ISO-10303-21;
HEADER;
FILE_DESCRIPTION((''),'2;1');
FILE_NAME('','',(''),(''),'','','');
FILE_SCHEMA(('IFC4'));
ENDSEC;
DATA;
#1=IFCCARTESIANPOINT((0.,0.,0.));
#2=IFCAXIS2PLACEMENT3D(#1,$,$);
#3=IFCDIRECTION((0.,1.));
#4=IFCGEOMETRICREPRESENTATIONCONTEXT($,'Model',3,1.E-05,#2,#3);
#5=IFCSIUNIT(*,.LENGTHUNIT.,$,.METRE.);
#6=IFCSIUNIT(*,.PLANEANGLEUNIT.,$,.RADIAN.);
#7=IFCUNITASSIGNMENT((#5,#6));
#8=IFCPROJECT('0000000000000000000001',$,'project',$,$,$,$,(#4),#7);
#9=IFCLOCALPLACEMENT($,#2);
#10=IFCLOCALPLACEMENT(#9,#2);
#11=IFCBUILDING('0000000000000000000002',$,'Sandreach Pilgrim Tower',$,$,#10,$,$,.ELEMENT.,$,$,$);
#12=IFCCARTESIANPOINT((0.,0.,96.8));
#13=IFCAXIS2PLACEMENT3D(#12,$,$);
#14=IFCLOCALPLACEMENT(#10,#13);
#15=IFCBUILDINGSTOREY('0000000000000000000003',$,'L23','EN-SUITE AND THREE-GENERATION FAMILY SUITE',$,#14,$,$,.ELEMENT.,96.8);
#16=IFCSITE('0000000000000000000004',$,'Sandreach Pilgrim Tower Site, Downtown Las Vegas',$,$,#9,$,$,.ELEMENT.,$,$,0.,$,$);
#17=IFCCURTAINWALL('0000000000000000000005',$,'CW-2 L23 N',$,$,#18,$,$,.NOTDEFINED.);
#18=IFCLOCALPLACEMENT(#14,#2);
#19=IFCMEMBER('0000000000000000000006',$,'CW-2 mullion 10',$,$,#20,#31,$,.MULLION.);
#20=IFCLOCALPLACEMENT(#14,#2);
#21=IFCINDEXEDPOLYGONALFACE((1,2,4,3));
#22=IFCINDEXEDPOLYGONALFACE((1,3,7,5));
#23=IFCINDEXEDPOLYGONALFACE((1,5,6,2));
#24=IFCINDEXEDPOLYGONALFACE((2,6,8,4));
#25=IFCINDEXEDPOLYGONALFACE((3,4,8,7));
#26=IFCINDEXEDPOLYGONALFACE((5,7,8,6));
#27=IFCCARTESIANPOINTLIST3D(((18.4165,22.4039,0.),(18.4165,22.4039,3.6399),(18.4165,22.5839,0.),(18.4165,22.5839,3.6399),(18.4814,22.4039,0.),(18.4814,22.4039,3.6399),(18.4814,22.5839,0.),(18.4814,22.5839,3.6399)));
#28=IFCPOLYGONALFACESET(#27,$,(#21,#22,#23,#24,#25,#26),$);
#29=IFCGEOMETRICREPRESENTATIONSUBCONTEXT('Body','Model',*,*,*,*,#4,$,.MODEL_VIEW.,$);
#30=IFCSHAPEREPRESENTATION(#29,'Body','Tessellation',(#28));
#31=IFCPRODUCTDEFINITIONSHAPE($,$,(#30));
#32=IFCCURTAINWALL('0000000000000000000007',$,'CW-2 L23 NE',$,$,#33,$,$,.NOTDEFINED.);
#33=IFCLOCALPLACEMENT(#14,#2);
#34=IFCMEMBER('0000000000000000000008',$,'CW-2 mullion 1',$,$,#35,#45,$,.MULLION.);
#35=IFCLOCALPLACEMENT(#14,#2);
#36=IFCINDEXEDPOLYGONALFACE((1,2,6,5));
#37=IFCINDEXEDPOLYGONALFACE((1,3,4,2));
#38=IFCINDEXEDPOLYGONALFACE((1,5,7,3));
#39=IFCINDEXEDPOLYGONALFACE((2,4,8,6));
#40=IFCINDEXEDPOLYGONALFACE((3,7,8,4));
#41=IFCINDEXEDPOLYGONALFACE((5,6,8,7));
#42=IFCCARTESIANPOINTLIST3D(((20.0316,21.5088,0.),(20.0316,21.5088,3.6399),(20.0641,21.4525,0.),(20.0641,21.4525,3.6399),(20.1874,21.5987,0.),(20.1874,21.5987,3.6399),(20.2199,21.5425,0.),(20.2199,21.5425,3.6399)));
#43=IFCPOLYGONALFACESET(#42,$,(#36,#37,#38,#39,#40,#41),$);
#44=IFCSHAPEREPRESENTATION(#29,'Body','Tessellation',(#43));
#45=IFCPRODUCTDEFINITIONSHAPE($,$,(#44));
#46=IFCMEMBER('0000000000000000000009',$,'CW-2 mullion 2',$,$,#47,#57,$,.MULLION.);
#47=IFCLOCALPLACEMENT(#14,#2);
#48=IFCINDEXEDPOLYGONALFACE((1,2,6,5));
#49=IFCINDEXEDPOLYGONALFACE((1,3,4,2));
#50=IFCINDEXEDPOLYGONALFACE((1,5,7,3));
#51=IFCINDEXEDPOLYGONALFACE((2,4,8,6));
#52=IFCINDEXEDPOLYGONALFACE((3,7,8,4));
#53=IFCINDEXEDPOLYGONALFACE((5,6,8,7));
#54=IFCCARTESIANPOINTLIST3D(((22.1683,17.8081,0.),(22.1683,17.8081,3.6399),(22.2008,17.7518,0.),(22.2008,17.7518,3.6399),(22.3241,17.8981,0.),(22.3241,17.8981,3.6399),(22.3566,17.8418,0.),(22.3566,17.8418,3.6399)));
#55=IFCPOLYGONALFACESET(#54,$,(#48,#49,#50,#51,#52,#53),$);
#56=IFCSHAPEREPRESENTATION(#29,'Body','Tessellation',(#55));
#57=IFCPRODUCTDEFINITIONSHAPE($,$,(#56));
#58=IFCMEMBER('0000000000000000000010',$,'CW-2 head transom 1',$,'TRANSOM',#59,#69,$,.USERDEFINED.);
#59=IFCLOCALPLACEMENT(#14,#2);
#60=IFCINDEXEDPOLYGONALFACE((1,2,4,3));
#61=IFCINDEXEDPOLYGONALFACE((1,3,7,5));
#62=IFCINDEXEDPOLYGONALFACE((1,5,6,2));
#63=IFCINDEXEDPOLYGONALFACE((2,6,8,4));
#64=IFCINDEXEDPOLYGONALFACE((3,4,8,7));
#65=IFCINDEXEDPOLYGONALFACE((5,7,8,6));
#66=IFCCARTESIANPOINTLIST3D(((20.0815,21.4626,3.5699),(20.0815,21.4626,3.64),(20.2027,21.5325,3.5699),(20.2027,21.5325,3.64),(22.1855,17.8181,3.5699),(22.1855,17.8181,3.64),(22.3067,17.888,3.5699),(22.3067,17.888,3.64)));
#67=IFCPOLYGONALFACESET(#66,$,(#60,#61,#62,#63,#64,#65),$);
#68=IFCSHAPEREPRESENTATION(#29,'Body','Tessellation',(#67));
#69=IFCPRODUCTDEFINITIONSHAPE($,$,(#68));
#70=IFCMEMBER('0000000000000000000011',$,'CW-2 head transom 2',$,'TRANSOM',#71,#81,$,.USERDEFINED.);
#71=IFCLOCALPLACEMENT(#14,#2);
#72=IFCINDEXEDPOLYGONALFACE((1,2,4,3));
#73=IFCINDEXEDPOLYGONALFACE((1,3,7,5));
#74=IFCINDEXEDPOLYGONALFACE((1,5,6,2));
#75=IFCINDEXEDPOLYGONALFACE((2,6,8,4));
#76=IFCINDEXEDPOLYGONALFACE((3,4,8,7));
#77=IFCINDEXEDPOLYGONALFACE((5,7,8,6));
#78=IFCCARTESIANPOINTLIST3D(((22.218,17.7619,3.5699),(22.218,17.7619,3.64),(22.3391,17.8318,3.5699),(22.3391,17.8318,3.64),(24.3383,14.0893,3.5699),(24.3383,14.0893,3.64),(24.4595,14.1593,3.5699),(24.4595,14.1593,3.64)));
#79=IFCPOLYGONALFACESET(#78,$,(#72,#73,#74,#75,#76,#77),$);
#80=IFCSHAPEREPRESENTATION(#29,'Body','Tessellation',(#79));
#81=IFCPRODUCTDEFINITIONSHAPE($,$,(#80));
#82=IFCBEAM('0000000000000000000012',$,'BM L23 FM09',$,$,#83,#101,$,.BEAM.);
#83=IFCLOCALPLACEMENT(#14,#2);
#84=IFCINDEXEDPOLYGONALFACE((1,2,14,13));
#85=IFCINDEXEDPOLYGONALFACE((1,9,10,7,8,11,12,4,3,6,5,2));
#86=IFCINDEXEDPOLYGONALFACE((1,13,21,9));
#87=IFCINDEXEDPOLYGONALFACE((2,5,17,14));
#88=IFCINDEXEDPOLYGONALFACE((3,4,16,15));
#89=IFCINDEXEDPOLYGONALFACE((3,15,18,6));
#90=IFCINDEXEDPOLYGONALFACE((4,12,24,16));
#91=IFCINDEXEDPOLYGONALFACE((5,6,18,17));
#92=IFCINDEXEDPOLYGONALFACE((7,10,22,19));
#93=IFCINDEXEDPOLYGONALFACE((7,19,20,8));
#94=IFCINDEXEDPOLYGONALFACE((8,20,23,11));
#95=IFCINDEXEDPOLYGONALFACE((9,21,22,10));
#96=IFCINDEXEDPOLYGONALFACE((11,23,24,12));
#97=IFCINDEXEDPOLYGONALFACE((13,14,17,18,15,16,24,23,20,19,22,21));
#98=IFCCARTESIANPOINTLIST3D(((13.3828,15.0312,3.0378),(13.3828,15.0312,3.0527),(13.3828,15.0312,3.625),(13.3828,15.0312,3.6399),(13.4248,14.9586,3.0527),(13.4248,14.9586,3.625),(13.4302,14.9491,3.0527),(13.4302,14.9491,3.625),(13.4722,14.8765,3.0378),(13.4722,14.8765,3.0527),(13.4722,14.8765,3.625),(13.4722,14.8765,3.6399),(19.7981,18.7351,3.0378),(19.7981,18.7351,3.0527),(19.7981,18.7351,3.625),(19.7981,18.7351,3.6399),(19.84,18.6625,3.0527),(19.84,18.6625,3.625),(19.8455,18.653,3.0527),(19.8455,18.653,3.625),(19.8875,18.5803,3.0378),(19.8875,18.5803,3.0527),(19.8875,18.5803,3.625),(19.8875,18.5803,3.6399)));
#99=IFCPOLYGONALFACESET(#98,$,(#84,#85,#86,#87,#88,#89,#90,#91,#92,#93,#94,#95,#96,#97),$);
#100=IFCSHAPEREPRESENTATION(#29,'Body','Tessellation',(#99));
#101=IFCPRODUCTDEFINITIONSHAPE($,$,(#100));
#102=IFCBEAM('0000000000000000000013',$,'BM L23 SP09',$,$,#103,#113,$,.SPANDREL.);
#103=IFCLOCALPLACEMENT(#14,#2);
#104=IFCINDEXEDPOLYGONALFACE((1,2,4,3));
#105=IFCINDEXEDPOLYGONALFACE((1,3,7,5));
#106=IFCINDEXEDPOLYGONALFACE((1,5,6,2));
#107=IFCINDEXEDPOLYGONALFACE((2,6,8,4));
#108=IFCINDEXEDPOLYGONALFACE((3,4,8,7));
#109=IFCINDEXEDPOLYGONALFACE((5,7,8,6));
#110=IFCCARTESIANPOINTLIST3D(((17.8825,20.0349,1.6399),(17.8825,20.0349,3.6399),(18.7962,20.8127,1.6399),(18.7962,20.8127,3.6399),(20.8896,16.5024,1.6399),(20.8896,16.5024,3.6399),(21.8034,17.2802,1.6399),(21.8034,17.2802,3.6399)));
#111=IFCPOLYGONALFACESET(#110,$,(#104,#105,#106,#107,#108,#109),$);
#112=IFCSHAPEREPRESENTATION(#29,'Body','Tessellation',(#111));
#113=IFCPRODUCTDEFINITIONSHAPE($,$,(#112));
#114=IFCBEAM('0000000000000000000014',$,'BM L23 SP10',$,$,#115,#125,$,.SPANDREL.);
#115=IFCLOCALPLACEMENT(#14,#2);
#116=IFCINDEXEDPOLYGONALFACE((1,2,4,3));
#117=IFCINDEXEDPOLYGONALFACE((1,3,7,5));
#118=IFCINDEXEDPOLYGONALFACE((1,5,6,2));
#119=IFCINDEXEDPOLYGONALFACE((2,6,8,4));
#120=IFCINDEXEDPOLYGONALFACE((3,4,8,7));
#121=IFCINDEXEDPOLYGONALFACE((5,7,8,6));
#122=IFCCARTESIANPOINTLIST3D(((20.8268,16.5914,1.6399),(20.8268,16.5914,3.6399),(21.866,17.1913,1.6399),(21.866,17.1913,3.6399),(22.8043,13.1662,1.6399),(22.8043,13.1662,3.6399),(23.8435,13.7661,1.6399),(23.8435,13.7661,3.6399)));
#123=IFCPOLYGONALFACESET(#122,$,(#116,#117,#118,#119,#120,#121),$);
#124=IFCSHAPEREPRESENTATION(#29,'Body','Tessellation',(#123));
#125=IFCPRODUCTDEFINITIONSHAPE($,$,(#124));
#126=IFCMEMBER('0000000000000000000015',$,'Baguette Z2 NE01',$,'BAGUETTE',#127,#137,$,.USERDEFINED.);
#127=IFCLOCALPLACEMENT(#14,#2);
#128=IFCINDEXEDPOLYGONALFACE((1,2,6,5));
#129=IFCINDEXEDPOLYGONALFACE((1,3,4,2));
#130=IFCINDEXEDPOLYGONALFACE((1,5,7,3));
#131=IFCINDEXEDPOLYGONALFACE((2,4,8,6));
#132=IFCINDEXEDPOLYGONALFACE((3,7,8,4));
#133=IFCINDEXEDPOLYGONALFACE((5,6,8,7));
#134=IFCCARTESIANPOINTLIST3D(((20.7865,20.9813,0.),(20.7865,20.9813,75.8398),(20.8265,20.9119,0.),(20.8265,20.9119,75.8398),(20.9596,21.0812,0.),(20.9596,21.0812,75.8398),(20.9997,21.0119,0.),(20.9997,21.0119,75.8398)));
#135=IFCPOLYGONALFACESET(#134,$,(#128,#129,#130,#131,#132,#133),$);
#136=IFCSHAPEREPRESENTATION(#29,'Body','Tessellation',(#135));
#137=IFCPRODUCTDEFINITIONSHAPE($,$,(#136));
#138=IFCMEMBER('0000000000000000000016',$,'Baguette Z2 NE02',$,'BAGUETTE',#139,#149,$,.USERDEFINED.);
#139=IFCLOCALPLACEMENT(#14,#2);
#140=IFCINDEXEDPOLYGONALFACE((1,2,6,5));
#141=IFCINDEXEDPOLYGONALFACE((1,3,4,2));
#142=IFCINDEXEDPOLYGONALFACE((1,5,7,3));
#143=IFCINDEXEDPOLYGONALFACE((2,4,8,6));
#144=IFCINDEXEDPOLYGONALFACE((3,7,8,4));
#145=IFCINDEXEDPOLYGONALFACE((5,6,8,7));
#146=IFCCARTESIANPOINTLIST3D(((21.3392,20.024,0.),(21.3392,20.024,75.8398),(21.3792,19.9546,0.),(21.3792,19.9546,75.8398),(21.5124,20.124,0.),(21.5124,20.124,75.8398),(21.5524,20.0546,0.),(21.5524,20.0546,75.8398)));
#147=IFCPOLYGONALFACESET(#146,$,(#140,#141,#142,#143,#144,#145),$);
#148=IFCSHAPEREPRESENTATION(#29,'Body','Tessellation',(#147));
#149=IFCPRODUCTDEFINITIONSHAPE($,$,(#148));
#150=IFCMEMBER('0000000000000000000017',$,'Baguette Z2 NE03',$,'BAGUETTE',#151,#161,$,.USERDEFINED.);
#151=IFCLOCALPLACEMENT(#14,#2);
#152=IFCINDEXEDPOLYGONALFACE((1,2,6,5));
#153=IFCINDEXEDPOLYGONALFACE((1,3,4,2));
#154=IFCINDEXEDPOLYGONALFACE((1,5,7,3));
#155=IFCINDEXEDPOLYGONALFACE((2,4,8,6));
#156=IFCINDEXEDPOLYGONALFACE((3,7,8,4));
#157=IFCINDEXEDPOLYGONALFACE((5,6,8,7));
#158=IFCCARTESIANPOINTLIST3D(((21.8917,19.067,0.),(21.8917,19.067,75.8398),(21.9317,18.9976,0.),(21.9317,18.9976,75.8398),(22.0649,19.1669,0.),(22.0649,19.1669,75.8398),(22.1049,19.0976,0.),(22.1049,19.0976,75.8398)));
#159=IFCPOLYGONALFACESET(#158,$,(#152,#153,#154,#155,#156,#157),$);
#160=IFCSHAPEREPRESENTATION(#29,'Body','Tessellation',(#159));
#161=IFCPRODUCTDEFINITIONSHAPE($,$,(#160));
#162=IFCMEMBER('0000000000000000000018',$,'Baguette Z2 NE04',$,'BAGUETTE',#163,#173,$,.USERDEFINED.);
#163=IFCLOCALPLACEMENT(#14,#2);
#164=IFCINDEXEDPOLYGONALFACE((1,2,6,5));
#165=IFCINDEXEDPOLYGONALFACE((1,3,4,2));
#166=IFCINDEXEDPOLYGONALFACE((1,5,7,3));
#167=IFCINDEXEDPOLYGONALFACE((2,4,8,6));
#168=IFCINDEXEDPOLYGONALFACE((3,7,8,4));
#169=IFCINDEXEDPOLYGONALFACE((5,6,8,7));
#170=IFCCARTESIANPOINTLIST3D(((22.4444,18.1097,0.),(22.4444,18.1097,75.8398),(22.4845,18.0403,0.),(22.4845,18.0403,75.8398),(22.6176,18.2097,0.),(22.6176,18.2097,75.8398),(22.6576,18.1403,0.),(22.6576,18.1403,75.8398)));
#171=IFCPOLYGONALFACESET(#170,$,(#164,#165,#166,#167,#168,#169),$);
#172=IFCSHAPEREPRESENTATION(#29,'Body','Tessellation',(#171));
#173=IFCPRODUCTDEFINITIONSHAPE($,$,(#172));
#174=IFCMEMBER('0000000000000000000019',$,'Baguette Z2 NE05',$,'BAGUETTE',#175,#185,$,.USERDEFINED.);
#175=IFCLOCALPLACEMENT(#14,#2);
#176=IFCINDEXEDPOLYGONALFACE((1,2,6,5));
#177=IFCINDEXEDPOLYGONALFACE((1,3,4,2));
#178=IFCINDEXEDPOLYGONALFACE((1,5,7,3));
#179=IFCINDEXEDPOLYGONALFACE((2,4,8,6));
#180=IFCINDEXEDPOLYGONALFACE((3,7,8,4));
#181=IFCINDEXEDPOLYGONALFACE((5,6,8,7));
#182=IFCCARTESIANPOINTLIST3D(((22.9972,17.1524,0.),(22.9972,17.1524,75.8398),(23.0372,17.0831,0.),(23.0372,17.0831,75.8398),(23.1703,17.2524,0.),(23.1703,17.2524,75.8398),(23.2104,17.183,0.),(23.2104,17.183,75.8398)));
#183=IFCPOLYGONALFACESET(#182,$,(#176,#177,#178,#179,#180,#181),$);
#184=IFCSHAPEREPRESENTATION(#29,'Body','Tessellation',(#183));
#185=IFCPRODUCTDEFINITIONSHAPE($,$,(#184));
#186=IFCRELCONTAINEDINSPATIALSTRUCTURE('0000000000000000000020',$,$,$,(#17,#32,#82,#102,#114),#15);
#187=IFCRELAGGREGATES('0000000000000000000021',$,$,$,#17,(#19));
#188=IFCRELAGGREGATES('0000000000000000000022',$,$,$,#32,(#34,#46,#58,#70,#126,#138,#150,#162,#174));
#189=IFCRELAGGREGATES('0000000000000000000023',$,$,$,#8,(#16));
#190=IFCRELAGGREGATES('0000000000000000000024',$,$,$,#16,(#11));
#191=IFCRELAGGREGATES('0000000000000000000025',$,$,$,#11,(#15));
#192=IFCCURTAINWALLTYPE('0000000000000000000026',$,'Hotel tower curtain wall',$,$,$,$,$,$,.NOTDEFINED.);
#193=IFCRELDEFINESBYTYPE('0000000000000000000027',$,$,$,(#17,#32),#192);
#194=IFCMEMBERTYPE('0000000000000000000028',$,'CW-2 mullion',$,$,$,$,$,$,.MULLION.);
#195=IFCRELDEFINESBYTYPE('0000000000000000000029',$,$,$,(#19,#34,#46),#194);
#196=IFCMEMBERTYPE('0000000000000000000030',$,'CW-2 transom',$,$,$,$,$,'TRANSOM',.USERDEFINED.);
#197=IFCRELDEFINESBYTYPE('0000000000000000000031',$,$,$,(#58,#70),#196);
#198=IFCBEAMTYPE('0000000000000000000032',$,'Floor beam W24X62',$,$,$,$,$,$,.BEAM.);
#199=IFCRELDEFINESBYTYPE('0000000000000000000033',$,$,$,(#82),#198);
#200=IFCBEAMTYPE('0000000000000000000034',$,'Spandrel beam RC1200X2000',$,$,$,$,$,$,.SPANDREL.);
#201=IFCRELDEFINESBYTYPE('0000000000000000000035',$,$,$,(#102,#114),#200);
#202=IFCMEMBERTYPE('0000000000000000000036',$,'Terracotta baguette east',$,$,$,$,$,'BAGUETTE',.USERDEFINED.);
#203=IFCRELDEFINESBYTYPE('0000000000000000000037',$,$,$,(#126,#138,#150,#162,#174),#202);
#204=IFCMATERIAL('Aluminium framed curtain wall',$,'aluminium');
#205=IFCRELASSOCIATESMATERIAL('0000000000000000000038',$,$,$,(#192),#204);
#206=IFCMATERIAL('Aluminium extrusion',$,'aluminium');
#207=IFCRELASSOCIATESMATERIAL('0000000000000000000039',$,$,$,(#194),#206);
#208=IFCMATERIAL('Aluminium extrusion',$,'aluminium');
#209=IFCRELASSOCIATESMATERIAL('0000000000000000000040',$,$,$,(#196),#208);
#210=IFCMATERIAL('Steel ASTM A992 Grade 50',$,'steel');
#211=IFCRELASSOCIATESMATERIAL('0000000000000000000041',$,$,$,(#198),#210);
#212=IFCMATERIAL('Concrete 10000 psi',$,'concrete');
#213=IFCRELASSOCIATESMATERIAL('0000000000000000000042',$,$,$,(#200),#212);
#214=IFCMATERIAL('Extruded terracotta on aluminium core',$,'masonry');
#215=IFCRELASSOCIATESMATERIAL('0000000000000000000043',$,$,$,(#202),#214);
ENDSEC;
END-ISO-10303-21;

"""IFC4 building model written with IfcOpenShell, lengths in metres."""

from ifc_helpers import new_model, si_unit, direction, frame, origin, origin_2d, place, context, subcontext, project, spatial, rectangle, i_section, extrude, material, material_profile, profile_set, type_object, element, aggregate, save


model = new_model("IFC4")

# Units and contexts
model_context = context("Model", 3, precision=1e-05, world=origin(), true_north=direction((0.0, 1.0)))
body_context = subcontext(model_context, "Body", "Model", "MODEL_VIEW")
ifc_project = project(units=[si_unit("LENGTHUNIT", "METRE"), si_unit("PLANEANGLEUNIT", "RADIAN")], contexts=[model_context])

# Site, building, storey
site_placement = place(None, origin())
site = spatial("IfcSite", under=ifc_project, at=site_placement, Name="Sandreach Pilgrim Tower Site, Downtown Las Vegas", CompositionType="ELEMENT", RefElevation=0.0)
building_placement = place(site_placement, origin())
building = spatial("IfcBuilding", under=site, at=building_placement, Name="Sandreach Pilgrim Tower", CompositionType="ELEMENT")
storey_placement = place(building_placement, frame((0.0, 0.0, 96.8)))
storey = spatial("IfcBuildingStorey", under=building, at=storey_placement, Name="L23", Description="EN-SUITE AND THREE-GENERATION FAMILY SUITE", CompositionType="ELEMENT", Elevation=96.8)

# Curtain wall, member
ifc_material_1 = material(Name="Aluminium framed curtain wall", Category="aluminium")
curtain_wall_type = type_object("IfcCurtainWallType", Name="Hotel tower curtain wall", PredefinedType="NOTDEFINED", material=ifc_material_1)
curtain_wall_1_placement = place(storey_placement, origin())
curtain_wall_1 = element("IfcCurtainWall", 1, at=curtain_wall_1_placement, inside=storey, type_object=curtain_wall_type, Name="CW-2 L23 N", PredefinedType="NOTDEFINED")
ifc_material_2 = material(Name="Aluminium extrusion", Category="aluminium")
ifc_material_profile_1 = material_profile(ifc_material_2, rectangle(XDim=0.0649, YDim=0.1799, at=origin_2d()), Name="CW-2M 65X180")
ifc_profile_set_1 = profile_set([ifc_material_profile_1], Name="Aluminium extrusion")
member_type_1 = type_object("IfcMemberType", Name="CW-2 mullion", PredefinedType="MULLION", material=ifc_profile_set_1)
member_1_placement = place(storey_placement, frame((18.449, 22.4939, 0.0), z_axis=(0.0, 0.0, 1.0), x_axis=(1.0, 0.0, 0.0)))
member_1 = element("IfcMember", 2, at=member_1_placement, type_object=member_type_1, Name="CW-2 mullion 10", PredefinedType="MULLION", context=body_context, shape_type="SweptSolid", body=[
    extrude(rectangle(XDim=0.0649, YDim=0.1799, at=origin_2d()), origin(), (0.0, 0.0, 1.0), 3.6399),
])
aggregate(curtain_wall_1, [member_1])

# Curtain wall, members
curtain_wall_2_placement = place(storey_placement, origin())
curtain_wall_2 = element("IfcCurtainWall", 3, at=curtain_wall_2_placement, inside=storey, type_object=curtain_wall_type, Name="CW-2 L23 NE", PredefinedType="NOTDEFINED")
member_2_placement = place(storey_placement, frame((20.1257, 21.5256, 0.0), z_axis=(0.0, 0.0, 1.0), x_axis=(0.5, -0.866025, 0.0)))
member_2 = element("IfcMember", 4, at=member_2_placement, type_object=member_type_1, Name="CW-2 mullion 1", PredefinedType="MULLION", context=body_context, shape_type="SweptSolid", body=[
    extrude(rectangle(XDim=0.0649, YDim=0.1799, at=origin_2d()), origin(), (0.0, 0.0, 1.0), 3.6399),
])
member_3_placement = place(storey_placement, frame((22.2625, 17.825, 0.0), z_axis=(0.0, 0.0, 1.0), x_axis=(0.5, -0.866025, 0.0)))
member_3 = element("IfcMember", 5, at=member_3_placement, type_object=member_type_1, Name="CW-2 mullion 2", PredefinedType="MULLION", context=body_context, shape_type="SweptSolid", body=[
    extrude(rectangle(XDim=0.0649, YDim=0.1799, at=origin_2d()), origin(), (0.0, 0.0, 1.0), 3.6399),
])
ifc_material_3 = material(Name="Aluminium extrusion", Category="aluminium")
ifc_material_profile_2 = material_profile(ifc_material_3, rectangle(XDim=0.1399, YDim=0.0701, at=origin_2d()), Name="CW-2T 140X70")
ifc_profile_set_2 = profile_set([ifc_material_profile_2], Name="Aluminium extrusion")
member_type_2 = type_object("IfcMemberType", Name="CW-2 transom", ElementType="TRANSOM", PredefinedType="USERDEFINED", material=ifc_profile_set_2)
member_4_placement = place(storey_placement, frame((20.1421, 21.4976, 3.605), z_axis=(0.49997, -0.866043, 0.0), x_axis=(0.866043, 0.49997, 0.0)))
member_4 = element("IfcMember", 6, at=member_4_placement, type_object=member_type_2, Name="CW-2 head transom 1", ObjectType="TRANSOM", PredefinedType="USERDEFINED", context=body_context, shape_type="SweptSolid", body=[
    extrude(rectangle(XDim=0.1399, YDim=0.0701, at=origin_2d()), origin(), (0.0, 0.0, 1.0), 4.2083),
])
member_5_placement = place(storey_placement, frame((22.2786, 17.7969, 3.605), z_axis=(0.499997, -0.866027, 0.0), x_axis=(0.866027, 0.499997, 0.0)))
member_5 = element("IfcMember", 7, at=member_5_placement, type_object=member_type_2, Name="CW-2 head transom 2", ObjectType="TRANSOM", PredefinedType="USERDEFINED", context=body_context, shape_type="SweptSolid", body=[
    extrude(rectangle(XDim=0.1399, YDim=0.0701, at=origin_2d()), origin(), (0.0, 0.0, 1.0), 4.2407),
])

# Beams
ifc_material_4 = material(Name="Steel ASTM A992 Grade 50", Category="steel")
ifc_material_profile_3 = material_profile(ifc_material_4, i_section(OverallWidth=0.1787, OverallDepth=0.6021, WebThickness=0.011, FlangeThickness=0.0149, at=origin_2d()), Name="W24X62")
ifc_profile_set_3 = profile_set([ifc_material_profile_3], Name="Steel ASTM A992 Grade 50")
beam_type_1 = type_object("IfcBeamType", Name="Floor beam W24X62", PredefinedType="BEAM", material=ifc_profile_set_3)
beam_1_placement = place(storey_placement, frame((19.8428, 18.6577, 3.3389), z_axis=(-0.866026, -0.499999, 0.0), x_axis=(0.499999, -0.866026, 0.0)))
element("IfcBeam", 8, at=beam_1_placement, inside=storey, type_object=beam_type_1, Name="BM L23 FM09", PredefinedType="BEAM", context=body_context, shape_type="SweptSolid", body=[
    extrude(i_section(OverallWidth=0.1787, OverallDepth=0.6021, WebThickness=0.011, FlangeThickness=0.0149, at=origin_2d()), origin(), (0.0, 0.0, 1.0), 7.4077),
])
ifc_material_5 = material(Name="Concrete 10000 psi", Category="concrete")
ifc_material_profile_4 = material_profile(ifc_material_5, rectangle(XDim=1.2, YDim=2.0, at=origin_2d()), Name="RC1200X2000")
ifc_profile_set_4 = profile_set([ifc_material_profile_4], Name="Concrete 10000 psi")
beam_type_2 = type_object("IfcBeamType", Name="Spandrel beam RC1200X2000", PredefinedType="SPANDREL", material=ifc_profile_set_4)
beam_2_placement = place(storey_placement, frame((18.3394, 20.4238, 2.6399), z_axis=(0.648209, -0.761463, 0.0), x_axis=(0.761463, 0.648209, 0.0)))
element("IfcBeam", 9, at=beam_2_placement, inside=storey, type_object=beam_type_2, Name="BM L23 SP09", PredefinedType="SPANDREL", context=body_context, shape_type="SweptSolid", body=[
    extrude(rectangle(XDim=1.2, YDim=2.0, at=origin_2d()), origin(), (0.0, 0.0, 1.0), 4.6392),
])
beam_3_placement = place(storey_placement, frame((21.3464, 16.8914, 2.6399), z_axis=(0.49999, -0.866031, 0.0), x_axis=(0.866031, 0.49999, 0.0)))
element("IfcBeam", 10, at=beam_3_placement, inside=storey, type_object=beam_type_2, Name="BM L23 SP10", PredefinedType="SPANDREL", context=body_context, shape_type="SweptSolid", body=[
    extrude(rectangle(XDim=1.2, YDim=2.0, at=origin_2d()), origin(), (0.0, 0.0, 1.0), 3.9551),
])

# Members
ifc_material_6 = material(Name="Extruded terracotta on aluminium core", Category="masonry")
ifc_material_profile_5 = material_profile(ifc_material_6, rectangle(XDim=0.0801, YDim=0.2, at=origin_2d()), Name="TBE 80X200")
ifc_profile_set_5 = profile_set([ifc_material_profile_5], Name="Extruded terracotta on aluminium core")
member_type_3 = type_object("IfcMemberType", Name="Terracotta baguette east", ElementType="BAGUETTE", PredefinedType="USERDEFINED", material=ifc_profile_set_5)
member_6_placement = place(storey_placement, frame((20.8931, 20.9966, 0.0), z_axis=(0.0, 0.0, 1.0), x_axis=(0.5, -0.866025, 0.0)))
member_6 = element("IfcMember", 11, at=member_6_placement, type_object=member_type_3, Name="Baguette Z2 NE01", ObjectType="BAGUETTE", PredefinedType="USERDEFINED", context=body_context, shape_type="SweptSolid", body=[
    extrude(rectangle(XDim=0.0801, YDim=0.2, at=origin_2d()), origin(), (0.0, 0.0, 1.0), 75.8398),
])
member_7_placement = place(storey_placement, frame((21.4458, 20.0393, 0.0), z_axis=(0.0, 0.0, 1.0), x_axis=(0.5, -0.866025, 0.0)))
member_7 = element("IfcMember", 12, at=member_7_placement, type_object=member_type_3, Name="Baguette Z2 NE02", ObjectType="BAGUETTE", PredefinedType="USERDEFINED", context=body_context, shape_type="SweptSolid", body=[
    extrude(rectangle(XDim=0.0801, YDim=0.2, at=origin_2d()), origin(), (0.0, 0.0, 1.0), 75.8398),
])
member_8_placement = place(storey_placement, frame((21.9983, 19.0823, 0.0), z_axis=(0.0, 0.0, 1.0), x_axis=(0.5, -0.866025, 0.0)))
member_8 = element("IfcMember", 13, at=member_8_placement, type_object=member_type_3, Name="Baguette Z2 NE03", ObjectType="BAGUETTE", PredefinedType="USERDEFINED", context=body_context, shape_type="SweptSolid", body=[
    extrude(rectangle(XDim=0.0801, YDim=0.2, at=origin_2d()), origin(), (0.0, 0.0, 1.0), 75.8398),
])
member_9_placement = place(storey_placement, frame((22.551, 18.125, 0.0), z_axis=(0.0, 0.0, 1.0), x_axis=(0.5, -0.866025, 0.0)))
member_9 = element("IfcMember", 14, at=member_9_placement, type_object=member_type_3, Name="Baguette Z2 NE04", ObjectType="BAGUETTE", PredefinedType="USERDEFINED", context=body_context, shape_type="SweptSolid", body=[
    extrude(rectangle(XDim=0.0801, YDim=0.2, at=origin_2d()), origin(), (0.0, 0.0, 1.0), 75.8398),
])
member_10_placement = place(storey_placement, frame((23.1038, 17.1677, 0.0), z_axis=(0.0, 0.0, 1.0), x_axis=(0.5, -0.866025, 0.0)))
member_10 = element("IfcMember", 15, at=member_10_placement, type_object=member_type_3, Name="Baguette Z2 NE05", ObjectType="BAGUETTE", PredefinedType="USERDEFINED", context=body_context, shape_type="SweptSolid", body=[
    extrude(rectangle(XDim=0.0801, YDim=0.2, at=origin_2d()), origin(), (0.0, 0.0, 1.0), 75.8398),
])

aggregate(curtain_wall_2, [member_2, member_3, member_4, member_5, member_6, member_7, member_8, member_9, member_10])

save(model, "model.ifc")
